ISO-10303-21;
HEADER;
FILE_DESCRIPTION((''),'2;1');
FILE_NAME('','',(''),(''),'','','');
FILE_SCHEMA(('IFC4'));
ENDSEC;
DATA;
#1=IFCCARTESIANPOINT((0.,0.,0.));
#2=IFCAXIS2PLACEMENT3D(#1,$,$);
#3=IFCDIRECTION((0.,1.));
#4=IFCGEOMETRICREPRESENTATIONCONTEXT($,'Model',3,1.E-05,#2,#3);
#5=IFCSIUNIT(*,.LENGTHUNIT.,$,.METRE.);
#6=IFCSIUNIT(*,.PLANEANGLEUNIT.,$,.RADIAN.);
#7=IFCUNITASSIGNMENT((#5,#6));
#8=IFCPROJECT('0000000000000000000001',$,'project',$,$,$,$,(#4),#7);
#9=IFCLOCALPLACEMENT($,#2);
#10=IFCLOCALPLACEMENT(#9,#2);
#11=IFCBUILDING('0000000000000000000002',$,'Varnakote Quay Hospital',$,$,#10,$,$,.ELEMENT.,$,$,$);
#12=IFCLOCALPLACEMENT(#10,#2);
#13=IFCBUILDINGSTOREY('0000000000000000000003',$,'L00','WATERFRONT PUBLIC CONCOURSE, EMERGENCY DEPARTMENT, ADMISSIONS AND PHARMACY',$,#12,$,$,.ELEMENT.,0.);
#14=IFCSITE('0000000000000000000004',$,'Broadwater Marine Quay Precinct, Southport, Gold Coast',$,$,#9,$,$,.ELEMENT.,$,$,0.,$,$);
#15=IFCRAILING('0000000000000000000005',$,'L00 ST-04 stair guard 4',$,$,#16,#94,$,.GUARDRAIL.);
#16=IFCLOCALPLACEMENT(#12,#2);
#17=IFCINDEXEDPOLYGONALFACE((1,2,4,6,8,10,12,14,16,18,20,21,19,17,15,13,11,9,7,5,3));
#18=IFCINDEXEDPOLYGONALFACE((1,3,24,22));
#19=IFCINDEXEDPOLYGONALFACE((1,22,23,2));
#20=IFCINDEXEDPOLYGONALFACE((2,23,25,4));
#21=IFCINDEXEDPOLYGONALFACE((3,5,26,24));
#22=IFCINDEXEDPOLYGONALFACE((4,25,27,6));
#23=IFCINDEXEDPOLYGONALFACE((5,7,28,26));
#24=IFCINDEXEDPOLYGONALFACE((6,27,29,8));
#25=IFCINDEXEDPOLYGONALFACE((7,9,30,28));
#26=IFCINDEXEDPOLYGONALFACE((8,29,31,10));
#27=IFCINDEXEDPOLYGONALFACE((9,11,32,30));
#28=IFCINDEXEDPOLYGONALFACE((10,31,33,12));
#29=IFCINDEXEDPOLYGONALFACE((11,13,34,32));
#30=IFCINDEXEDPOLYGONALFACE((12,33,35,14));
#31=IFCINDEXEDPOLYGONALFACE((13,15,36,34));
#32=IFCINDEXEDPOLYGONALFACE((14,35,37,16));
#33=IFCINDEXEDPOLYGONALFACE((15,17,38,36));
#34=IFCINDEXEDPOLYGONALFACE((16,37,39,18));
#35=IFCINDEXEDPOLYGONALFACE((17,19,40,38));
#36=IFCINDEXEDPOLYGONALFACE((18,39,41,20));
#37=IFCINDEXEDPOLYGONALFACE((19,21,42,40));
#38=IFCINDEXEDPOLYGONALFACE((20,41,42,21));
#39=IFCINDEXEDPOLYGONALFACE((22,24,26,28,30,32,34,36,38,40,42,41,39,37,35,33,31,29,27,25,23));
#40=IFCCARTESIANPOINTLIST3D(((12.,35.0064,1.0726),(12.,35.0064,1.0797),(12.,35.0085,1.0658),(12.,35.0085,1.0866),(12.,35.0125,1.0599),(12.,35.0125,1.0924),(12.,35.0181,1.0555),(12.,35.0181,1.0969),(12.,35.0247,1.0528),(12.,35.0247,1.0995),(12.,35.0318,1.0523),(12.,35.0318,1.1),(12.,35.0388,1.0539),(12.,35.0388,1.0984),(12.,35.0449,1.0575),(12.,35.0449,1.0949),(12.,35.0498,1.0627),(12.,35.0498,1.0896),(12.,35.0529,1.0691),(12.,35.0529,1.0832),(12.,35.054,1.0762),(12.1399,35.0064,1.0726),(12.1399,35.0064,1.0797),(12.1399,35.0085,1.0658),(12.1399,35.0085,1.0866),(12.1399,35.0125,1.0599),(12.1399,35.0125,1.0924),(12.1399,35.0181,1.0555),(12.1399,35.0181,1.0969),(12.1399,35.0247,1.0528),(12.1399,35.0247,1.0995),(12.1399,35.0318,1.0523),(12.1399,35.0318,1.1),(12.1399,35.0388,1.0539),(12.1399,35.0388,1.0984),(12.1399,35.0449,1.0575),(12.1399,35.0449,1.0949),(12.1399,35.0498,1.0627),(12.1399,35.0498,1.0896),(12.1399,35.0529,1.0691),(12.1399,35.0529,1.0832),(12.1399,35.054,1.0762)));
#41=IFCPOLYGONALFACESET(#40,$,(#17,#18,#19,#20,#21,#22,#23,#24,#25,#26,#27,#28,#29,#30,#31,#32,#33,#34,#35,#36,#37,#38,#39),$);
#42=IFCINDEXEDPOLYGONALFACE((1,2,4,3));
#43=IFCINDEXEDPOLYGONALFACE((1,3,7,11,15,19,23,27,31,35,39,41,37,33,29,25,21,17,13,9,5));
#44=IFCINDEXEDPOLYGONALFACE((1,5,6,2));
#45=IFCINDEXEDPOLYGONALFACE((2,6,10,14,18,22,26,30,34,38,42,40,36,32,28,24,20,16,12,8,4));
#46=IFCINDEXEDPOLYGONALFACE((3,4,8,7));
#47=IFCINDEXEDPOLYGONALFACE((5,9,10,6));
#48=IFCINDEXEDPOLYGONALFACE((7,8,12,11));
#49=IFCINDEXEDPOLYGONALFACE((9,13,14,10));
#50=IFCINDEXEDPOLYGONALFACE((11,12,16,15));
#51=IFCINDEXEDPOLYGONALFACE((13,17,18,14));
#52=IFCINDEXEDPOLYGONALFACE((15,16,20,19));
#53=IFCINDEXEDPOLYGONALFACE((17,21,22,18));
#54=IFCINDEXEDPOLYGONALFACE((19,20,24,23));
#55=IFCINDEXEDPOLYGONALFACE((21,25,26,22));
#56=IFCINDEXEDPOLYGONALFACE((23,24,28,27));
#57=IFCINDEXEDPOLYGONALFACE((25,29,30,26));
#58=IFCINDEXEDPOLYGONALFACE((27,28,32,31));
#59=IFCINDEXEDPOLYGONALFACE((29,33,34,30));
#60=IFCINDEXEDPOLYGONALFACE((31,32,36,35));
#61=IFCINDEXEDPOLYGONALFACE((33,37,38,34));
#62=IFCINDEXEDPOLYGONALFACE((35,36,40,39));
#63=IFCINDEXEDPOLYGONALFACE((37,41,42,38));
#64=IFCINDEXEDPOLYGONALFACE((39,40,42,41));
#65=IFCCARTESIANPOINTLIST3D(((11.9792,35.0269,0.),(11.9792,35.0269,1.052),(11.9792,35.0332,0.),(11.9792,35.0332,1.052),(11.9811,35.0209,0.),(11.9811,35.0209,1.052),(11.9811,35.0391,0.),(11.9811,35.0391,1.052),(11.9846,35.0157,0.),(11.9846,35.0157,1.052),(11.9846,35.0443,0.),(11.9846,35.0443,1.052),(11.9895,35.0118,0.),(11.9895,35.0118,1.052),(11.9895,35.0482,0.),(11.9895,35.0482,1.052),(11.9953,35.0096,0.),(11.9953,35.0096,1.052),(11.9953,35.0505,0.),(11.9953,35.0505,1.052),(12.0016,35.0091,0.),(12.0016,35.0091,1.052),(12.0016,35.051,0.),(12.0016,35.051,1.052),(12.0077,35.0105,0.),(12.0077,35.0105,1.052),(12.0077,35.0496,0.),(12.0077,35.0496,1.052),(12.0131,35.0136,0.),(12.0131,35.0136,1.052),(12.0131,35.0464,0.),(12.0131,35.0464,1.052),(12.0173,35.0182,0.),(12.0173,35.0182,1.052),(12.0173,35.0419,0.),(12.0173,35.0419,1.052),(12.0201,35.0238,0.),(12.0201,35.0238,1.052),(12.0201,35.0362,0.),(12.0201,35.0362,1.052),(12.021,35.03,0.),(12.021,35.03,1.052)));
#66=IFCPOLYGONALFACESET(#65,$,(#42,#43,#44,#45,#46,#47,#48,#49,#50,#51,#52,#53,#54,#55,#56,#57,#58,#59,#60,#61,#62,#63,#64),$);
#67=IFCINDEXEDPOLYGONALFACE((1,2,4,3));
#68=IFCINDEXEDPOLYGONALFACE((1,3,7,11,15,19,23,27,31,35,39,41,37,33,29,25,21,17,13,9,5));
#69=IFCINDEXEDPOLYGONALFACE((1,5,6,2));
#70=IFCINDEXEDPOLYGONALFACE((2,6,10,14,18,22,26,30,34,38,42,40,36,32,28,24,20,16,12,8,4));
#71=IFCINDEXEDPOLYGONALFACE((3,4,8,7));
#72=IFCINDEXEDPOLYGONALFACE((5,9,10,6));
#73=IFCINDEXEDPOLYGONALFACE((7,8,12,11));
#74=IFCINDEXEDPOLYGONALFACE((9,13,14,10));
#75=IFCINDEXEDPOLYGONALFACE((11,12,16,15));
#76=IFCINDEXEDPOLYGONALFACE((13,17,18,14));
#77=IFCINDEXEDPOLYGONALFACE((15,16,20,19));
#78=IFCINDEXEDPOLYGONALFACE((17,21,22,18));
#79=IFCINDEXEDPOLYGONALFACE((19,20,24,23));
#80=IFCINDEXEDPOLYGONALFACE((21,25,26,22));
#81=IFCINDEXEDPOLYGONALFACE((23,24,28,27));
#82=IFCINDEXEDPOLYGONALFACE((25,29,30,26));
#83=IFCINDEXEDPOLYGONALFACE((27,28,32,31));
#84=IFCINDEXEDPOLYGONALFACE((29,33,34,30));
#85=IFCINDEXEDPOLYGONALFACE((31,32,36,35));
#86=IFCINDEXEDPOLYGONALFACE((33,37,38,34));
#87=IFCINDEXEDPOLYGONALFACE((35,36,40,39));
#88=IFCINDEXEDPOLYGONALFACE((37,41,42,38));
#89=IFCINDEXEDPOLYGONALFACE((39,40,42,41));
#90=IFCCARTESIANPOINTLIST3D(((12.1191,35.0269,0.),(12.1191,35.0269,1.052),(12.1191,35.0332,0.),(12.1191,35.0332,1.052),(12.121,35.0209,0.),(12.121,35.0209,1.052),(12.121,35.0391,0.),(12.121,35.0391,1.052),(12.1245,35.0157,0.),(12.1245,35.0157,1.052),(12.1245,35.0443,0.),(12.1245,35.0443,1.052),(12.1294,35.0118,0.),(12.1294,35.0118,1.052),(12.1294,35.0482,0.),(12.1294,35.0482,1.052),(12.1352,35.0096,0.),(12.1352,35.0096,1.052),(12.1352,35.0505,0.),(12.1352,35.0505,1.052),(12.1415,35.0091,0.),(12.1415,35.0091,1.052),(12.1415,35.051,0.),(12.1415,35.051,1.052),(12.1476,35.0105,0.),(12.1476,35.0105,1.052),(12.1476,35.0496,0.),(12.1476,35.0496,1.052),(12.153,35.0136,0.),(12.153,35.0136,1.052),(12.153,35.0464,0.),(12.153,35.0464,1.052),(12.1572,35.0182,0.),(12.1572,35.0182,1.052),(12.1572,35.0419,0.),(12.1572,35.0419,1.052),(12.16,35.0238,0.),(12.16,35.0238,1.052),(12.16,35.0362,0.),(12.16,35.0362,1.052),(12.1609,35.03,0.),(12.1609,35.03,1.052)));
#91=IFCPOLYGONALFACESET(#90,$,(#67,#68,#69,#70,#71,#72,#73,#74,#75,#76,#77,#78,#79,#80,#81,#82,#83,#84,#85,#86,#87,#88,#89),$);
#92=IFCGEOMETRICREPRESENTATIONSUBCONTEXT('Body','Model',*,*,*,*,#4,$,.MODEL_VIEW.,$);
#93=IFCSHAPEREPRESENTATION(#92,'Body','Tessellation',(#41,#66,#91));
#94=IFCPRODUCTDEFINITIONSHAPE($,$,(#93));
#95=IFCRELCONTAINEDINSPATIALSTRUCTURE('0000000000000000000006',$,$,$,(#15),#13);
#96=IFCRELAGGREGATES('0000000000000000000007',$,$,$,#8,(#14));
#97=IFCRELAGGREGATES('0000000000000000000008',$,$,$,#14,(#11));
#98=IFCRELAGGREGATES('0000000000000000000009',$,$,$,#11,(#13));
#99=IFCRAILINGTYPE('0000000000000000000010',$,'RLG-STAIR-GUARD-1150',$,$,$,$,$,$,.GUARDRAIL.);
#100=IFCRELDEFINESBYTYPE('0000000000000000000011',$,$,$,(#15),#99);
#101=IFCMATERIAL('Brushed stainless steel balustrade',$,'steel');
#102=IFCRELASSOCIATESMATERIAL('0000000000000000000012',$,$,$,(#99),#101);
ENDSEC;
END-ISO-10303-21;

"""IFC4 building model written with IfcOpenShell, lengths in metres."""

from ifc_helpers import new_model, si_unit, direction, frame, origin, origin_2d, place, context, subcontext, project, spatial, circle, extrude, material, type_object, element, save


model = new_model("IFC4")

# Units and contexts
model_context = context("Model", 3, precision=1e-05, world=origin(), true_north=direction((0.0, 1.0)))
body_context = subcontext(model_context, "Body", "Model", "MODEL_VIEW")
ifc_project = project(units=[si_unit("LENGTHUNIT", "METRE"), si_unit("PLANEANGLEUNIT", "RADIAN")], contexts=[model_context])

# Site, building, storey
site_placement = place(None, origin())
site = spatial("IfcSite", under=ifc_project, at=site_placement, Name="Broadwater Marine Quay Precinct, Southport, Gold Coast", CompositionType="ELEMENT", RefElevation=0.0)
building_placement = place(site_placement, origin())
building = spatial("IfcBuilding", under=site, at=building_placement, Name="Varnakote Quay Hospital", CompositionType="ELEMENT")
storey_placement = place(building_placement, origin())
storey = spatial("IfcBuildingStorey", under=building, at=storey_placement, Name="L00", Description="WATERFRONT PUBLIC CONCOURSE, EMERGENCY DEPARTMENT, ADMISSIONS AND PHARMACY", CompositionType="ELEMENT", Elevation=0.0)

# Railing
ifc_material_1 = material(Name="Brushed stainless steel balustrade", Category="steel")
railing_type_1 = type_object("IfcRailingType", Name="RLG-STAIR-GUARD-1150", PredefinedType="GUARDRAIL", material=ifc_material_1)
railing_1_placement = place(storey_placement, frame((12.0, 35.03, 0.0)))
element("IfcRailing", 1, at=railing_1_placement, inside=storey, type_object=railing_type_1, Name="L00 ST-04 stair guard 4", PredefinedType="GUARDRAIL", context=body_context, shape_type="SweptSolid", body=[
    extrude(circle(Radius=0.0239, at=origin_2d()), frame((0.0, 0.0, 1.0762), z_axis=(1.0, 0.0, 0.0), x_axis=(0.0, 1.0, 0.0)), (0.0, 0.0, 1.0), 0.1399),
    extrude(circle(Radius=0.021, at=origin_2d()), origin(), (0.0, 0.0, 1.0), 1.052),
    extrude(circle(Radius=0.021, at=origin_2d()), frame((0.1399, 0.0, 0.0)), (0.0, 0.0, 1.0), 1.052),
])

save(model, "model.ifc")
